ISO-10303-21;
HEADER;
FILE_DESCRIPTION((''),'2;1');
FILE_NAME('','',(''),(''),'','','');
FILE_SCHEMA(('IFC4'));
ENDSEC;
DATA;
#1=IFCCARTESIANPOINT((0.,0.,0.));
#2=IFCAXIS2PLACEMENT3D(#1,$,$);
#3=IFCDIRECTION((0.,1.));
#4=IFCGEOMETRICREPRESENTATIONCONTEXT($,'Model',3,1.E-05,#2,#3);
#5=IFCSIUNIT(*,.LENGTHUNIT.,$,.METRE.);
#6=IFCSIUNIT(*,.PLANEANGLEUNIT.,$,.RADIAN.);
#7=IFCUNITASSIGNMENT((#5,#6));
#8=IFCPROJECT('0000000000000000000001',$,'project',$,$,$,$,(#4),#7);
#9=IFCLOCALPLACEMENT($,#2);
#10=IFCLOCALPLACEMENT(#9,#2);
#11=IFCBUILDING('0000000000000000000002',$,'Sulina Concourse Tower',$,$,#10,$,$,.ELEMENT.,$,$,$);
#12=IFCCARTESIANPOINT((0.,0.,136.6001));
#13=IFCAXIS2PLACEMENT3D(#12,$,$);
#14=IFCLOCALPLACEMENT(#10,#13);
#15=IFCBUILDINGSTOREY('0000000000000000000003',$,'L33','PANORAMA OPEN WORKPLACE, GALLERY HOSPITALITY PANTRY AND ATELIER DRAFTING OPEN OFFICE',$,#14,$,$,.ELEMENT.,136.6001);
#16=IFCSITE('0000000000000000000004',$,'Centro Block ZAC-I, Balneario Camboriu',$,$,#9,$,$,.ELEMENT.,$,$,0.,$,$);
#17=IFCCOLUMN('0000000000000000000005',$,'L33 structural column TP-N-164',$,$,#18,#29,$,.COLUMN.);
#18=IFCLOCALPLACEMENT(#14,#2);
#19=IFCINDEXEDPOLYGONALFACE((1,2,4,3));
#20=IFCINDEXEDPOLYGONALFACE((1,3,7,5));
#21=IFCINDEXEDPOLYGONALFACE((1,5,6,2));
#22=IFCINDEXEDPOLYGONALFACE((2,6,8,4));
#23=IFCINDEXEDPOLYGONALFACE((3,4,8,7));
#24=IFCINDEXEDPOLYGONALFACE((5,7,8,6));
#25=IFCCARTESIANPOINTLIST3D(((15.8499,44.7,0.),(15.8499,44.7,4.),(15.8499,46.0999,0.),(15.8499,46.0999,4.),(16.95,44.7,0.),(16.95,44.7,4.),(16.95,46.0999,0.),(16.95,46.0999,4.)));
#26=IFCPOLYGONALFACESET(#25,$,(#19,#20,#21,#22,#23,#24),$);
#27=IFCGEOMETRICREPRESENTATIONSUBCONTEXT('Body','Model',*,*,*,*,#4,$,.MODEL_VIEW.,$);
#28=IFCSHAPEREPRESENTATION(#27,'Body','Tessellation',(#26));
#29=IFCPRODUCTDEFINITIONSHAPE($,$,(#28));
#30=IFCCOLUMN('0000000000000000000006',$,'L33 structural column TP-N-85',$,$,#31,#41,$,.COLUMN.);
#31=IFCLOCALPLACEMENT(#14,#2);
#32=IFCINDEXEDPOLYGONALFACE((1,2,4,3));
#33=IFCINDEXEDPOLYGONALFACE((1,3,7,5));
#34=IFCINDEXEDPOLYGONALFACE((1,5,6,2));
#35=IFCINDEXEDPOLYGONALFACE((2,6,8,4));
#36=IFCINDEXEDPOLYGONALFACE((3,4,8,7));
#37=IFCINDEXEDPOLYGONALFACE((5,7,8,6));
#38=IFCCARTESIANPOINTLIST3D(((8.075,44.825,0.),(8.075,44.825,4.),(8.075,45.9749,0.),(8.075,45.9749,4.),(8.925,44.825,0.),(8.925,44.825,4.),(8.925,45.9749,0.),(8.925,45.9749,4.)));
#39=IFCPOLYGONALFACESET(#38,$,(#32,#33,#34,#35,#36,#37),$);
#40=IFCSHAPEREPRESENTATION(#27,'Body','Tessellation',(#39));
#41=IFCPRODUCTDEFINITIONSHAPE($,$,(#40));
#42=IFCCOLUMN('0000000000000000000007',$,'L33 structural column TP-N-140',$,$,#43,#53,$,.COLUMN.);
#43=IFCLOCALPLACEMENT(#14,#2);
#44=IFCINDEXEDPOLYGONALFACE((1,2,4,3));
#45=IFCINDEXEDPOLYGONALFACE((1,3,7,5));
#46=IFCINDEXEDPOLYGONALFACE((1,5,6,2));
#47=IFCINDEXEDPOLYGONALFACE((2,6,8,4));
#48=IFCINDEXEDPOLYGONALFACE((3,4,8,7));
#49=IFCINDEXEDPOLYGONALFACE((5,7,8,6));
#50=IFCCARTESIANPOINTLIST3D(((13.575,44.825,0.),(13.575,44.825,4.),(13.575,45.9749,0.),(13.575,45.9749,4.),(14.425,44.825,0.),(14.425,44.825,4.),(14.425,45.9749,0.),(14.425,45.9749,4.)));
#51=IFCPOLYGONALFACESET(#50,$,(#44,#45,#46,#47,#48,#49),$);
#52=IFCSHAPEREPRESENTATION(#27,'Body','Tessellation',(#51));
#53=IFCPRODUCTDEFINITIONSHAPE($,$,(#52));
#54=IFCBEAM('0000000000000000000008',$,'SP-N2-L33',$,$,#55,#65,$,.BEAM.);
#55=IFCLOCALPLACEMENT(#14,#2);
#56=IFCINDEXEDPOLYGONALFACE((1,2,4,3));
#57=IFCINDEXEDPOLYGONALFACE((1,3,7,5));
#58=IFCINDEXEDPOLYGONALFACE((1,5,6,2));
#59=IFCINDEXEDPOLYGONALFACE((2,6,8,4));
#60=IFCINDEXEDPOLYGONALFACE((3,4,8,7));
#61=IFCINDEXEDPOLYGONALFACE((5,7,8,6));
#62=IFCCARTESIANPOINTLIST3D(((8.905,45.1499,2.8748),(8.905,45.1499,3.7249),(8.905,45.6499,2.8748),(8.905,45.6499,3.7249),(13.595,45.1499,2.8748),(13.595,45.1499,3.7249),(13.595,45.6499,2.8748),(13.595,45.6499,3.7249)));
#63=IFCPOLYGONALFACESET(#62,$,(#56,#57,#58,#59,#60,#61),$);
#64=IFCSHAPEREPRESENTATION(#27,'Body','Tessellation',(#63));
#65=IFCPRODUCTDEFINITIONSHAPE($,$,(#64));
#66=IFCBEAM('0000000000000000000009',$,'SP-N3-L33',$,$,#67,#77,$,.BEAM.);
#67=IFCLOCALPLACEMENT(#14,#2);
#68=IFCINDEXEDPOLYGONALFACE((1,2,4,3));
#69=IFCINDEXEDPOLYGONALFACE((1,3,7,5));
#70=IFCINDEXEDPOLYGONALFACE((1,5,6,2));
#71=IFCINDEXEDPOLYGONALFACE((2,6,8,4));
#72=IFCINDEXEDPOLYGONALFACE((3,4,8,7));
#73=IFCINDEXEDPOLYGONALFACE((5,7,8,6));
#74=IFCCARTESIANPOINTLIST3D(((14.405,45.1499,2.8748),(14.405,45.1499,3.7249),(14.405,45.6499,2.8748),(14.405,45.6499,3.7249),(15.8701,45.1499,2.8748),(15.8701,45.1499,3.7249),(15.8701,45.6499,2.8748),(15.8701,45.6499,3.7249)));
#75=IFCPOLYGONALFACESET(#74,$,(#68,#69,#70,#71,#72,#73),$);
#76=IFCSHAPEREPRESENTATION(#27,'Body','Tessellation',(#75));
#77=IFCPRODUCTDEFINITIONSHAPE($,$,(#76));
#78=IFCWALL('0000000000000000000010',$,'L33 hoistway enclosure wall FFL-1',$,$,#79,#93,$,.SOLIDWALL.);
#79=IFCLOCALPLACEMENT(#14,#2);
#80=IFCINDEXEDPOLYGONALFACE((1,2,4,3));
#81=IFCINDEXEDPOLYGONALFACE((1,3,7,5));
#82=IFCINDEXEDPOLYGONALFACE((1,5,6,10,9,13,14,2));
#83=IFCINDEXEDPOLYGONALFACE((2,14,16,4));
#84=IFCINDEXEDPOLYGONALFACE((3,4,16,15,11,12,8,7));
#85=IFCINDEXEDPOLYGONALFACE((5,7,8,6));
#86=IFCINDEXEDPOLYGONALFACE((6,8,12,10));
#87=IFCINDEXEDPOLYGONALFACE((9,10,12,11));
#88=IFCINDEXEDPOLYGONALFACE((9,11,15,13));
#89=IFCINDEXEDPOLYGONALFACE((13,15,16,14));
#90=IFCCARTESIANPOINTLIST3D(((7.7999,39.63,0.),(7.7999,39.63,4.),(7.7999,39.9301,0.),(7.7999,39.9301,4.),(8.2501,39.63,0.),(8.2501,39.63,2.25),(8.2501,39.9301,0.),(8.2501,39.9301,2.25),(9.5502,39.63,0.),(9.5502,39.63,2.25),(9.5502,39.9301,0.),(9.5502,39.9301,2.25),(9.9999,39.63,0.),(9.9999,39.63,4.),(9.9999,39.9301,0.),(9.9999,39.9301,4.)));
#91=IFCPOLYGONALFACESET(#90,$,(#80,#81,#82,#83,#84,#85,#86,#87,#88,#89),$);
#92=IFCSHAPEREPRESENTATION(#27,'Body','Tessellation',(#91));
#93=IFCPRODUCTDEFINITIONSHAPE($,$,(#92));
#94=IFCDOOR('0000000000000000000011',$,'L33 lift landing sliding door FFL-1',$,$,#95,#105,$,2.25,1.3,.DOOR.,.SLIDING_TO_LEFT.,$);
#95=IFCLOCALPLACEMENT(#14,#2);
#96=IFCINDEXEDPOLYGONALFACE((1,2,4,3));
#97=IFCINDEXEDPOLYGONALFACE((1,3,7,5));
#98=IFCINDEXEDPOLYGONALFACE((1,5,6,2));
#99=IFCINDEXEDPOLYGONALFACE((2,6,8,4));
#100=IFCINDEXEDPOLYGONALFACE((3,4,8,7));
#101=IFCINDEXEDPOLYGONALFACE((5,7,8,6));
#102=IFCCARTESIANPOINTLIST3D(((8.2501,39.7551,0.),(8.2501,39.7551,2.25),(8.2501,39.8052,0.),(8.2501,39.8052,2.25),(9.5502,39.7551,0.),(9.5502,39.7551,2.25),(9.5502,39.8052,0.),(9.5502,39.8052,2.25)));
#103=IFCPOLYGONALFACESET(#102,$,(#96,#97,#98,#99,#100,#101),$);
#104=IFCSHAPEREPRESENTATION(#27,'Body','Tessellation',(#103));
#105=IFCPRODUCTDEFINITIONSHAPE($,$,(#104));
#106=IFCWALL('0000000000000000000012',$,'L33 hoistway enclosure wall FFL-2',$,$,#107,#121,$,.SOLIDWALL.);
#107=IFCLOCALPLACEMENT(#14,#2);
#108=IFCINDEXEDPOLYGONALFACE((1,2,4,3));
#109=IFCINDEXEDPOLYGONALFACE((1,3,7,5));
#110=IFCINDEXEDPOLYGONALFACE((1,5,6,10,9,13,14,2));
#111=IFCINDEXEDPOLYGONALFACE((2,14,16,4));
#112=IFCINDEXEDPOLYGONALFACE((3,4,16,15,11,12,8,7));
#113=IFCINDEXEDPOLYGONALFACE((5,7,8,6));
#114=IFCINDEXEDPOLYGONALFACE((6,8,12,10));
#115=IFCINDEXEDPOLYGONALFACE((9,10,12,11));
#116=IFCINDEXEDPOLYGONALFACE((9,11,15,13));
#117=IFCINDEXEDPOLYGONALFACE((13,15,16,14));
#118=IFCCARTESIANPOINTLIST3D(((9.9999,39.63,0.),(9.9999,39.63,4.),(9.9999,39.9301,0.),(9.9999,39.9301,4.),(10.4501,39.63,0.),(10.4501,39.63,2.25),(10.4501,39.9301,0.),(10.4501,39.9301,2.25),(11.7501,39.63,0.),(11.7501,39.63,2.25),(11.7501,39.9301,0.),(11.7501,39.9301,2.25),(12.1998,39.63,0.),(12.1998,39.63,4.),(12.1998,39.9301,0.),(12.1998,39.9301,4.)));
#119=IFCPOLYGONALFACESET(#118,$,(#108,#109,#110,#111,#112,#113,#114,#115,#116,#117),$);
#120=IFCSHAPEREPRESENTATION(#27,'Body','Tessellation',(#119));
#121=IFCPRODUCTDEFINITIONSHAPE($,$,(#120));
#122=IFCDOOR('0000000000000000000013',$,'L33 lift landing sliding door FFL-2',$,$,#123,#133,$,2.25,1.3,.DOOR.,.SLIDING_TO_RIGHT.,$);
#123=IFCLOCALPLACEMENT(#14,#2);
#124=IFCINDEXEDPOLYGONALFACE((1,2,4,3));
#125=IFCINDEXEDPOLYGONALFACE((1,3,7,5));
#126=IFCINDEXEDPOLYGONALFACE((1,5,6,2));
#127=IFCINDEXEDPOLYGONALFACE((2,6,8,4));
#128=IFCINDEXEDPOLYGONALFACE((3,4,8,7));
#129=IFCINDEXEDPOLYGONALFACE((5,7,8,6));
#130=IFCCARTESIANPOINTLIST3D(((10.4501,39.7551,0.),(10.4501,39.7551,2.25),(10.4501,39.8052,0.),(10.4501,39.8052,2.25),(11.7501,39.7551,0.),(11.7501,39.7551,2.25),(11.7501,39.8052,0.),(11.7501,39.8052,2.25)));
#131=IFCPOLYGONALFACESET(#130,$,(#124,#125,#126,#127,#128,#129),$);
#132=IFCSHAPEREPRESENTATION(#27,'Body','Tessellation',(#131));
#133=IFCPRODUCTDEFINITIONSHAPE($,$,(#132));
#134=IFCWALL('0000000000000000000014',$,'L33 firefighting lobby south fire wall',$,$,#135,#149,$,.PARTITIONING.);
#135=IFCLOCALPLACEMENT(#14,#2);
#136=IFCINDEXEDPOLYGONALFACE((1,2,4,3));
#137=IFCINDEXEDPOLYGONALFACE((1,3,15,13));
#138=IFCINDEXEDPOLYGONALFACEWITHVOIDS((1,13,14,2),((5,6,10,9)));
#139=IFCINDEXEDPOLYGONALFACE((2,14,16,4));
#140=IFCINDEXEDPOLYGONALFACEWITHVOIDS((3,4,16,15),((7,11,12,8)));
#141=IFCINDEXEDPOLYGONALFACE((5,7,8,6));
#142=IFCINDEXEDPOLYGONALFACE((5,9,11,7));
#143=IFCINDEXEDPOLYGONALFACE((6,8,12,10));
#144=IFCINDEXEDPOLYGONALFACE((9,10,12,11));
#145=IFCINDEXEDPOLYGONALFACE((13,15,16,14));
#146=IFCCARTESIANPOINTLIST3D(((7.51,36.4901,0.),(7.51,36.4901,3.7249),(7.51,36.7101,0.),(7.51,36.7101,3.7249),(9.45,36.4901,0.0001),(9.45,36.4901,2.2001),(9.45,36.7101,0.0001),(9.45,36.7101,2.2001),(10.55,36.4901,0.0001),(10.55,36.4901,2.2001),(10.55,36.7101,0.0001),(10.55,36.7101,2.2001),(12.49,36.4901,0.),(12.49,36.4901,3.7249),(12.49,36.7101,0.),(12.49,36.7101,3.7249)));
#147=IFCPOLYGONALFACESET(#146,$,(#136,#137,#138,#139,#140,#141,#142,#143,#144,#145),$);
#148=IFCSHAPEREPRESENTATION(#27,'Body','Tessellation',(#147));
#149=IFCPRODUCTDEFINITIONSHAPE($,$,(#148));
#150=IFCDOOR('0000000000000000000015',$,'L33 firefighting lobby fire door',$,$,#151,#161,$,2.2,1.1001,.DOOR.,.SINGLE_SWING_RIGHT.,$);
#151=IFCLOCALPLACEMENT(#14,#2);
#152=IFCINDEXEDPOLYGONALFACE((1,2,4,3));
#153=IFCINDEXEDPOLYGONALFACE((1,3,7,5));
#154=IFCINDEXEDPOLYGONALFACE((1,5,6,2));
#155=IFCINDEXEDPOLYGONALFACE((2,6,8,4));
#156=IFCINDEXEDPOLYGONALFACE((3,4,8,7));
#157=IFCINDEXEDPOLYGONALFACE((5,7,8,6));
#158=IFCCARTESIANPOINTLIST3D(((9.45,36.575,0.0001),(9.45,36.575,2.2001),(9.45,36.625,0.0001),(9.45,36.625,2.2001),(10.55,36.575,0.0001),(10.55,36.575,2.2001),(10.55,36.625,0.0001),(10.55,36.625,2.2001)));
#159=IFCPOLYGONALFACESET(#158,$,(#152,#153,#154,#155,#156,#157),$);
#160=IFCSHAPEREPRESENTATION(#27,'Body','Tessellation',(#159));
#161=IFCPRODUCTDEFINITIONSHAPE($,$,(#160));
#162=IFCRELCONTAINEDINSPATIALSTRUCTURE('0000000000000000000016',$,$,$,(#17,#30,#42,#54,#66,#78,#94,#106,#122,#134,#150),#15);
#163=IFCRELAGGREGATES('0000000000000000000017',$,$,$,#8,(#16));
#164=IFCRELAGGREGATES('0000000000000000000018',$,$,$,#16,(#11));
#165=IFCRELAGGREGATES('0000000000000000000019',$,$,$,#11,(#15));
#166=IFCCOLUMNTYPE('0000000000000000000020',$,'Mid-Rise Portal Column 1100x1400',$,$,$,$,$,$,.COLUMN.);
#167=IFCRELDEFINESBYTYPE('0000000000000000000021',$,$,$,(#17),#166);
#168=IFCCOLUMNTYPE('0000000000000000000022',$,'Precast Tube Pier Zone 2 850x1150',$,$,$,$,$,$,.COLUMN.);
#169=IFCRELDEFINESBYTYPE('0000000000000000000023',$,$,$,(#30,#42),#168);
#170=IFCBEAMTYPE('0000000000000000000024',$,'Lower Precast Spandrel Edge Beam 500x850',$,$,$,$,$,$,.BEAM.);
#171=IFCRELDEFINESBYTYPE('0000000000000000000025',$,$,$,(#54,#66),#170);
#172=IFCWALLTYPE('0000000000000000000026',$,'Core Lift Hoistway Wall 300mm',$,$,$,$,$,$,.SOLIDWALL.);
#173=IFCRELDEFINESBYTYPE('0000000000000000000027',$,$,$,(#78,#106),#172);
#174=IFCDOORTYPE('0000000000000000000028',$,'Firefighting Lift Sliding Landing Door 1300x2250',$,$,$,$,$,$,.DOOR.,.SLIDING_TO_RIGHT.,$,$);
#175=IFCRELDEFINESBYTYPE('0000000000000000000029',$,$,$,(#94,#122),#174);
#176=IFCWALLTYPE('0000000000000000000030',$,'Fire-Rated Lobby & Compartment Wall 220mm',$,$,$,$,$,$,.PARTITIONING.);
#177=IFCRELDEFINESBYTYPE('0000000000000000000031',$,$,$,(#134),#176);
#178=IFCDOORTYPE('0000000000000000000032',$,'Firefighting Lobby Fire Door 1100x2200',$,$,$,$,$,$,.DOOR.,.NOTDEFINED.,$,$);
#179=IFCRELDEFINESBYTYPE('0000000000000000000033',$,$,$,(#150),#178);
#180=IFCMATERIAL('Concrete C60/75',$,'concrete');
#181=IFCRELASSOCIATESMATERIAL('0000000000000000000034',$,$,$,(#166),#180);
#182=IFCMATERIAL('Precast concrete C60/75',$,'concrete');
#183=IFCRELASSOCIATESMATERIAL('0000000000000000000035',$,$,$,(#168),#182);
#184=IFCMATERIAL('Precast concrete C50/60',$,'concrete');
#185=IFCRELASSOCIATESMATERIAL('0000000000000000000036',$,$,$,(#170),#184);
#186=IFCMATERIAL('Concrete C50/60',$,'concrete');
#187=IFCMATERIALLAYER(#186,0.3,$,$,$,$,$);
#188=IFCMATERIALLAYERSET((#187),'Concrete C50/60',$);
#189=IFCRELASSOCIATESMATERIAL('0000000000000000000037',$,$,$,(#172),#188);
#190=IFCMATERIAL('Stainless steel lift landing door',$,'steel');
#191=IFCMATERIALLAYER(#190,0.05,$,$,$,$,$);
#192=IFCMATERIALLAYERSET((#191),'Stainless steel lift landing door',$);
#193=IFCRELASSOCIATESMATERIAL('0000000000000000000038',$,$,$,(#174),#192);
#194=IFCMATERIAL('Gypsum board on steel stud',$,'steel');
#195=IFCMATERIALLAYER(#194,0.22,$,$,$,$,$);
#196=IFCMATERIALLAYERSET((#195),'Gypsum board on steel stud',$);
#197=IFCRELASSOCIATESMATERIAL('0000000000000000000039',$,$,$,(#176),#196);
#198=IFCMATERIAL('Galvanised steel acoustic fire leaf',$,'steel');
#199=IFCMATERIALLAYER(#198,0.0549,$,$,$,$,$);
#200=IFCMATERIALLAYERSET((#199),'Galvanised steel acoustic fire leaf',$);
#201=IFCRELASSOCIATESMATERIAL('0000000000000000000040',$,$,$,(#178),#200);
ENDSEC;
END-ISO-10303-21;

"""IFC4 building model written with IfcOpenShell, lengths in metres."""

from ifc_helpers import new_model, si_unit, direction, frame, frame_2d, origin, origin_2d, place, context, subcontext, project, spatial, rectangle, extrude, material, layer, layer_set, material_profile, profile_set, type_object, element, fill, save


model = new_model("IFC4")

# Units and contexts
model_context = context("Model", 3, precision=1e-05, world=origin(), true_north=direction((0.0, 1.0)))
body_context = subcontext(model_context, "Body", "Model", "MODEL_VIEW")
ifc_project = project(units=[si_unit("LENGTHUNIT", "METRE"), si_unit("PLANEANGLEUNIT", "RADIAN")], contexts=[model_context])

# Site, building, storey
site_placement = place(None, origin())
site = spatial("IfcSite", under=ifc_project, at=site_placement, Name="Centro Block ZAC-I, Balneario Camboriu", CompositionType="ELEMENT", RefElevation=0.0)
building_placement = place(site_placement, origin())
building = spatial("IfcBuilding", under=site, at=building_placement, Name="Sulina Concourse Tower", CompositionType="ELEMENT")
storey_placement = place(building_placement, frame((0.0, 0.0, 136.6001)))
storey = spatial("IfcBuildingStorey", under=building, at=storey_placement, Name="L33", Description="PANORAMA OPEN WORKPLACE, GALLERY HOSPITALITY PANTRY AND ATELIER DRAFTING OPEN OFFICE", CompositionType="ELEMENT", Elevation=136.6001)

# Columns
ifc_material_1 = material(Name="Concrete C60/75", Category="concrete")
ifc_material_profile_1 = material_profile(ifc_material_1, rectangle(XDim=1.1001, YDim=1.3999, at=origin_2d()), Name="RC 1100x1400")
ifc_profile_set_1 = profile_set([ifc_material_profile_1], Name="Concrete C60/75")
column_type_1 = type_object("IfcColumnType", Name="Mid-Rise Portal Column 1100x1400", PredefinedType="COLUMN", material=ifc_profile_set_1)
column_placement = place(storey_placement, frame((16.3999, 45.3999, 0.0), z_axis=(0.0, 0.0, 1.0), x_axis=(1.0, 0.0, 0.0)))
element("IfcColumn", 1, at=column_placement, inside=storey, type_object=column_type_1, Name="L33 structural column TP-N-164", PredefinedType="COLUMN", context=body_context, shape_type="SweptSolid", body=[
    extrude(rectangle(XDim=1.1001, YDim=1.3999, at=origin_2d()), origin(), (0.0, 0.0, 1.0), 4.0),
])
ifc_material_2 = material(Name="Precast concrete C60/75", Category="concrete")
ifc_material_profile_2 = material_profile(ifc_material_2, rectangle(XDim=0.8501, YDim=1.1499, at=origin_2d()), Name="PC 850x1150")
ifc_profile_set_2 = profile_set([ifc_material_profile_2], Name="Precast concrete C60/75")
column_type_2 = type_object("IfcColumnType", Name="Precast Tube Pier Zone 2 850x1150", PredefinedType="COLUMN", material=ifc_profile_set_2)
for number, where, z_axis, x_axis, name in (
    (2, (8.5, 45.3999, 0.0), (0.0, 0.0, 1.0), (1.0, 0.0, 0.0), "L33 structural column TP-N-85"),
    (3, (14.0, 45.3999, 0.0), (0.0, 0.0, 1.0), (1.0, 0.0, 0.0), "L33 structural column TP-N-140"),
):
    element("IfcColumn", number, at=place(storey_placement, frame(where, z_axis=z_axis, x_axis=x_axis)), inside=storey, type_object=column_type_2, Name=name, PredefinedType="COLUMN", context=body_context, shape_type="SweptSolid", body=[
        extrude(rectangle(XDim=0.8501, YDim=1.1499, at=origin_2d()), origin(), (0.0, 0.0, 1.0), 4.0),
    ])

# Beams
ifc_material_3 = material(Name="Precast concrete C50/60", Category="concrete")
ifc_material_profile_3 = material_profile(ifc_material_3, rectangle(XDim=0.5, YDim=0.8501, at=origin_2d()), Name="RC 500x850")
ifc_profile_set_3 = profile_set([ifc_material_profile_3], Name="Precast concrete C50/60")
beam_type = type_object("IfcBeamType", Name="Lower Precast Spandrel Edge Beam 500x850", PredefinedType="BEAM", material=ifc_profile_set_3)
beam_1_placement = place(storey_placement, frame((8.905, 45.3999, 3.2998), z_axis=(1.0, 0.0, 0.0), x_axis=(0.0, 1.0, 0.0)))
element("IfcBeam", 4, at=beam_1_placement, inside=storey, type_object=beam_type, Name="SP-N2-L33", PredefinedType="BEAM", context=body_context, shape_type="SweptSolid", body=[
    extrude(rectangle(XDim=0.5, YDim=0.8501, at=origin_2d()), origin(), (0.0, 0.0, 1.0), 4.6899),
])
beam_2_placement = place(storey_placement, frame((14.405, 45.3999, 3.2998), z_axis=(1.0, 0.0, 0.0), x_axis=(0.0, 1.0, 0.0)))
element("IfcBeam", 5, at=beam_2_placement, inside=storey, type_object=beam_type, Name="SP-N3-L33", PredefinedType="BEAM", context=body_context, shape_type="SweptSolid", body=[
    extrude(rectangle(XDim=0.5, YDim=0.8501, at=origin_2d()), origin(), (0.0, 0.0, 1.0), 1.4651),
])

# Walls, openings, doors
ifc_material_4 = material(Name="Concrete C50/60", Category="concrete")
ifc_layer_1 = layer(ifc_material_4, 0.3)
ifc_layer_set_1 = layer_set([ifc_layer_1], Name="Concrete C50/60")
wall_type_1 = type_object("IfcWallType", Name="Core Lift Hoistway Wall 300mm", PredefinedType="SOLIDWALL", material=ifc_layer_set_1)
wall_1_placement = place(storey_placement, frame((10.0, 39.78, 0.0), z_axis=(0.0, 0.0, 1.0), x_axis=(-1.0, 0.0, 0.0)))
wall_1 = element("IfcWall", 6, at=wall_1_placement, inside=storey, type_object=wall_type_1, Name="L33 hoistway enclosure wall FFL-1", PredefinedType="SOLIDWALL", context=body_context, shape_type="SweptSolid", body=[
    extrude(rectangle(XDim=2.2, YDim=0.3, at=frame_2d((1.1001, 0.0))), origin(), (0.0, 0.0, 1.0), 4.0),
])
opening_1_placement = place(wall_1_placement, frame((0.45, 0.0, 0.0)))
opening_1 = element("IfcOpeningElement", 7, at=opening_1_placement, cuts=wall_1, PredefinedType="OPENING", context=body_context, shape_type="SweptSolid", body=[
    extrude(rectangle(XDim=1.3, YDim=2.25, at=frame_2d((0.6499, 1.125))), frame((0.0, 0.1599, 0.0), z_axis=(0.0, -1.0, 0.0), x_axis=(1.0, 0.0, 0.0)), (0.0, 0.0, 1.0), 0.3201),
])
ifc_material_5 = material(Name="Stainless steel lift landing door", Category="steel")
ifc_layer_2 = layer(ifc_material_5, 0.05)
ifc_layer_set_2 = layer_set([ifc_layer_2], Name="Stainless steel lift landing door")
door_type_1 = type_object("IfcDoorType", Name="Firefighting Lift Sliding Landing Door 1300x2250", OperationType="SLIDING_TO_RIGHT", PredefinedType="DOOR", material=ifc_layer_set_2)
door_1_placement = place(opening_1_placement, origin())
door_1 = element("IfcDoor", 8, at=door_1_placement, inside=storey, type_object=door_type_1, Name="L33 lift landing sliding door FFL-1", OperationType="SLIDING_TO_LEFT", OverallHeight=2.25, OverallWidth=1.3, PredefinedType="DOOR", context=body_context, shape_type="SweptSolid", body=[
    extrude(rectangle(XDim=1.3, YDim=2.25, at=frame_2d((0.6499, 1.125))), frame((0.0, 0.0249, 0.0), z_axis=(0.0, -1.0, 0.0), x_axis=(1.0, 0.0, 0.0)), (0.0, 0.0, 1.0), 0.05),
])
fill(opening_1, door_1)
wall_2_placement = place(storey_placement, frame((12.2, 39.78, 0.0), z_axis=(0.0, 0.0, 1.0), x_axis=(-1.0, 0.0, 0.0)))
wall_2 = element("IfcWall", 9, at=wall_2_placement, inside=storey, type_object=wall_type_1, Name="L33 hoistway enclosure wall FFL-2", PredefinedType="SOLIDWALL", context=body_context, shape_type="SweptSolid", body=[
    extrude(rectangle(XDim=2.2, YDim=0.3, at=frame_2d((1.1001, 0.0))), origin(), (0.0, 0.0, 1.0), 4.0),
])
opening_2_placement = place(wall_2_placement, frame((0.45, 0.0, 0.0)))
opening_2 = element("IfcOpeningElement", 10, at=opening_2_placement, cuts=wall_2, PredefinedType="OPENING", context=body_context, shape_type="SweptSolid", body=[
    extrude(rectangle(XDim=1.3, YDim=2.25, at=frame_2d((0.6499, 1.125))), frame((0.0, 0.1599, 0.0), z_axis=(0.0, -1.0, 0.0), x_axis=(1.0, 0.0, 0.0)), (0.0, 0.0, 1.0), 0.3201),
])
door_2_placement = place(opening_2_placement, origin())
door_2 = element("IfcDoor", 11, at=door_2_placement, inside=storey, type_object=door_type_1, Name="L33 lift landing sliding door FFL-2", OperationType="SLIDING_TO_RIGHT", OverallHeight=2.25, OverallWidth=1.3, PredefinedType="DOOR", context=body_context, shape_type="SweptSolid", body=[
    extrude(rectangle(XDim=1.3, YDim=2.25, at=frame_2d((0.6499, 1.125))), frame((0.0, 0.0249, 0.0), z_axis=(0.0, -1.0, 0.0), x_axis=(1.0, 0.0, 0.0)), (0.0, 0.0, 1.0), 0.05),
])
fill(opening_2, door_2)
ifc_material_6 = material(Name="Gypsum board on steel stud", Category="steel")
ifc_layer_3 = layer(ifc_material_6, 0.22)
ifc_layer_set_3 = layer_set([ifc_layer_3], Name="Gypsum board on steel stud")
wall_type_2 = type_object("IfcWallType", Name="Fire-Rated Lobby & Compartment Wall 220mm", PredefinedType="PARTITIONING", material=ifc_layer_set_3)
wall_3_placement = place(storey_placement, frame((7.51, 36.6001, 0.0), z_axis=(0.0, 0.0, 1.0), x_axis=(1.0, 0.0, 0.0)))
wall_3 = element("IfcWall", 12, at=wall_3_placement, inside=storey, type_object=wall_type_2, Name="L33 firefighting lobby south fire wall", PredefinedType="PARTITIONING", context=body_context, shape_type="SweptSolid", body=[
    extrude(rectangle(XDim=4.98, YDim=0.22, at=frame_2d((2.49, 0.0))), origin(), (0.0, 0.0, 1.0), 3.7249),
])
opening_3_placement = place(wall_3_placement, frame((1.9399, 0.0, 0.0)))
opening_3 = element("IfcOpeningElement", 13, at=opening_3_placement, cuts=wall_3, PredefinedType="OPENING", context=body_context, shape_type="SweptSolid", body=[
    extrude(rectangle(XDim=1.1001, YDim=2.2, at=frame_2d((0.55, 1.1001))), frame((0.0, 0.1199, 0.0), z_axis=(0.0, -1.0, 0.0), x_axis=(1.0, 0.0, 0.0)), (0.0, 0.0, 1.0), 0.24),
])
ifc_material_7 = material(Name="Galvanised steel acoustic fire leaf", Category="steel")
ifc_layer_4 = layer(ifc_material_7, 0.0549)
ifc_layer_set_4 = layer_set([ifc_layer_4], Name="Galvanised steel acoustic fire leaf")
door_type_2 = type_object("IfcDoorType", Name="Firefighting Lobby Fire Door 1100x2200", OperationType="NOTDEFINED", PredefinedType="DOOR", material=ifc_layer_set_4)
door_3_placement = place(opening_3_placement, origin())
door_3 = element("IfcDoor", 14, at=door_3_placement, inside=storey, type_object=door_type_2, Name="L33 firefighting lobby fire door", OperationType="SINGLE_SWING_RIGHT", OverallHeight=2.2, OverallWidth=1.1001, PredefinedType="DOOR", context=body_context, shape_type="SweptSolid", body=[
    extrude(rectangle(XDim=1.1001, YDim=2.2, at=frame_2d((0.55, 1.1001))), frame((0.0, 0.0249, 0.0), z_axis=(0.0, -1.0, 0.0), x_axis=(1.0, 0.0, 0.0)), (0.0, 0.0, 1.0), 0.05),
])
fill(opening_3, door_3)

save(model, "model.ifc")
